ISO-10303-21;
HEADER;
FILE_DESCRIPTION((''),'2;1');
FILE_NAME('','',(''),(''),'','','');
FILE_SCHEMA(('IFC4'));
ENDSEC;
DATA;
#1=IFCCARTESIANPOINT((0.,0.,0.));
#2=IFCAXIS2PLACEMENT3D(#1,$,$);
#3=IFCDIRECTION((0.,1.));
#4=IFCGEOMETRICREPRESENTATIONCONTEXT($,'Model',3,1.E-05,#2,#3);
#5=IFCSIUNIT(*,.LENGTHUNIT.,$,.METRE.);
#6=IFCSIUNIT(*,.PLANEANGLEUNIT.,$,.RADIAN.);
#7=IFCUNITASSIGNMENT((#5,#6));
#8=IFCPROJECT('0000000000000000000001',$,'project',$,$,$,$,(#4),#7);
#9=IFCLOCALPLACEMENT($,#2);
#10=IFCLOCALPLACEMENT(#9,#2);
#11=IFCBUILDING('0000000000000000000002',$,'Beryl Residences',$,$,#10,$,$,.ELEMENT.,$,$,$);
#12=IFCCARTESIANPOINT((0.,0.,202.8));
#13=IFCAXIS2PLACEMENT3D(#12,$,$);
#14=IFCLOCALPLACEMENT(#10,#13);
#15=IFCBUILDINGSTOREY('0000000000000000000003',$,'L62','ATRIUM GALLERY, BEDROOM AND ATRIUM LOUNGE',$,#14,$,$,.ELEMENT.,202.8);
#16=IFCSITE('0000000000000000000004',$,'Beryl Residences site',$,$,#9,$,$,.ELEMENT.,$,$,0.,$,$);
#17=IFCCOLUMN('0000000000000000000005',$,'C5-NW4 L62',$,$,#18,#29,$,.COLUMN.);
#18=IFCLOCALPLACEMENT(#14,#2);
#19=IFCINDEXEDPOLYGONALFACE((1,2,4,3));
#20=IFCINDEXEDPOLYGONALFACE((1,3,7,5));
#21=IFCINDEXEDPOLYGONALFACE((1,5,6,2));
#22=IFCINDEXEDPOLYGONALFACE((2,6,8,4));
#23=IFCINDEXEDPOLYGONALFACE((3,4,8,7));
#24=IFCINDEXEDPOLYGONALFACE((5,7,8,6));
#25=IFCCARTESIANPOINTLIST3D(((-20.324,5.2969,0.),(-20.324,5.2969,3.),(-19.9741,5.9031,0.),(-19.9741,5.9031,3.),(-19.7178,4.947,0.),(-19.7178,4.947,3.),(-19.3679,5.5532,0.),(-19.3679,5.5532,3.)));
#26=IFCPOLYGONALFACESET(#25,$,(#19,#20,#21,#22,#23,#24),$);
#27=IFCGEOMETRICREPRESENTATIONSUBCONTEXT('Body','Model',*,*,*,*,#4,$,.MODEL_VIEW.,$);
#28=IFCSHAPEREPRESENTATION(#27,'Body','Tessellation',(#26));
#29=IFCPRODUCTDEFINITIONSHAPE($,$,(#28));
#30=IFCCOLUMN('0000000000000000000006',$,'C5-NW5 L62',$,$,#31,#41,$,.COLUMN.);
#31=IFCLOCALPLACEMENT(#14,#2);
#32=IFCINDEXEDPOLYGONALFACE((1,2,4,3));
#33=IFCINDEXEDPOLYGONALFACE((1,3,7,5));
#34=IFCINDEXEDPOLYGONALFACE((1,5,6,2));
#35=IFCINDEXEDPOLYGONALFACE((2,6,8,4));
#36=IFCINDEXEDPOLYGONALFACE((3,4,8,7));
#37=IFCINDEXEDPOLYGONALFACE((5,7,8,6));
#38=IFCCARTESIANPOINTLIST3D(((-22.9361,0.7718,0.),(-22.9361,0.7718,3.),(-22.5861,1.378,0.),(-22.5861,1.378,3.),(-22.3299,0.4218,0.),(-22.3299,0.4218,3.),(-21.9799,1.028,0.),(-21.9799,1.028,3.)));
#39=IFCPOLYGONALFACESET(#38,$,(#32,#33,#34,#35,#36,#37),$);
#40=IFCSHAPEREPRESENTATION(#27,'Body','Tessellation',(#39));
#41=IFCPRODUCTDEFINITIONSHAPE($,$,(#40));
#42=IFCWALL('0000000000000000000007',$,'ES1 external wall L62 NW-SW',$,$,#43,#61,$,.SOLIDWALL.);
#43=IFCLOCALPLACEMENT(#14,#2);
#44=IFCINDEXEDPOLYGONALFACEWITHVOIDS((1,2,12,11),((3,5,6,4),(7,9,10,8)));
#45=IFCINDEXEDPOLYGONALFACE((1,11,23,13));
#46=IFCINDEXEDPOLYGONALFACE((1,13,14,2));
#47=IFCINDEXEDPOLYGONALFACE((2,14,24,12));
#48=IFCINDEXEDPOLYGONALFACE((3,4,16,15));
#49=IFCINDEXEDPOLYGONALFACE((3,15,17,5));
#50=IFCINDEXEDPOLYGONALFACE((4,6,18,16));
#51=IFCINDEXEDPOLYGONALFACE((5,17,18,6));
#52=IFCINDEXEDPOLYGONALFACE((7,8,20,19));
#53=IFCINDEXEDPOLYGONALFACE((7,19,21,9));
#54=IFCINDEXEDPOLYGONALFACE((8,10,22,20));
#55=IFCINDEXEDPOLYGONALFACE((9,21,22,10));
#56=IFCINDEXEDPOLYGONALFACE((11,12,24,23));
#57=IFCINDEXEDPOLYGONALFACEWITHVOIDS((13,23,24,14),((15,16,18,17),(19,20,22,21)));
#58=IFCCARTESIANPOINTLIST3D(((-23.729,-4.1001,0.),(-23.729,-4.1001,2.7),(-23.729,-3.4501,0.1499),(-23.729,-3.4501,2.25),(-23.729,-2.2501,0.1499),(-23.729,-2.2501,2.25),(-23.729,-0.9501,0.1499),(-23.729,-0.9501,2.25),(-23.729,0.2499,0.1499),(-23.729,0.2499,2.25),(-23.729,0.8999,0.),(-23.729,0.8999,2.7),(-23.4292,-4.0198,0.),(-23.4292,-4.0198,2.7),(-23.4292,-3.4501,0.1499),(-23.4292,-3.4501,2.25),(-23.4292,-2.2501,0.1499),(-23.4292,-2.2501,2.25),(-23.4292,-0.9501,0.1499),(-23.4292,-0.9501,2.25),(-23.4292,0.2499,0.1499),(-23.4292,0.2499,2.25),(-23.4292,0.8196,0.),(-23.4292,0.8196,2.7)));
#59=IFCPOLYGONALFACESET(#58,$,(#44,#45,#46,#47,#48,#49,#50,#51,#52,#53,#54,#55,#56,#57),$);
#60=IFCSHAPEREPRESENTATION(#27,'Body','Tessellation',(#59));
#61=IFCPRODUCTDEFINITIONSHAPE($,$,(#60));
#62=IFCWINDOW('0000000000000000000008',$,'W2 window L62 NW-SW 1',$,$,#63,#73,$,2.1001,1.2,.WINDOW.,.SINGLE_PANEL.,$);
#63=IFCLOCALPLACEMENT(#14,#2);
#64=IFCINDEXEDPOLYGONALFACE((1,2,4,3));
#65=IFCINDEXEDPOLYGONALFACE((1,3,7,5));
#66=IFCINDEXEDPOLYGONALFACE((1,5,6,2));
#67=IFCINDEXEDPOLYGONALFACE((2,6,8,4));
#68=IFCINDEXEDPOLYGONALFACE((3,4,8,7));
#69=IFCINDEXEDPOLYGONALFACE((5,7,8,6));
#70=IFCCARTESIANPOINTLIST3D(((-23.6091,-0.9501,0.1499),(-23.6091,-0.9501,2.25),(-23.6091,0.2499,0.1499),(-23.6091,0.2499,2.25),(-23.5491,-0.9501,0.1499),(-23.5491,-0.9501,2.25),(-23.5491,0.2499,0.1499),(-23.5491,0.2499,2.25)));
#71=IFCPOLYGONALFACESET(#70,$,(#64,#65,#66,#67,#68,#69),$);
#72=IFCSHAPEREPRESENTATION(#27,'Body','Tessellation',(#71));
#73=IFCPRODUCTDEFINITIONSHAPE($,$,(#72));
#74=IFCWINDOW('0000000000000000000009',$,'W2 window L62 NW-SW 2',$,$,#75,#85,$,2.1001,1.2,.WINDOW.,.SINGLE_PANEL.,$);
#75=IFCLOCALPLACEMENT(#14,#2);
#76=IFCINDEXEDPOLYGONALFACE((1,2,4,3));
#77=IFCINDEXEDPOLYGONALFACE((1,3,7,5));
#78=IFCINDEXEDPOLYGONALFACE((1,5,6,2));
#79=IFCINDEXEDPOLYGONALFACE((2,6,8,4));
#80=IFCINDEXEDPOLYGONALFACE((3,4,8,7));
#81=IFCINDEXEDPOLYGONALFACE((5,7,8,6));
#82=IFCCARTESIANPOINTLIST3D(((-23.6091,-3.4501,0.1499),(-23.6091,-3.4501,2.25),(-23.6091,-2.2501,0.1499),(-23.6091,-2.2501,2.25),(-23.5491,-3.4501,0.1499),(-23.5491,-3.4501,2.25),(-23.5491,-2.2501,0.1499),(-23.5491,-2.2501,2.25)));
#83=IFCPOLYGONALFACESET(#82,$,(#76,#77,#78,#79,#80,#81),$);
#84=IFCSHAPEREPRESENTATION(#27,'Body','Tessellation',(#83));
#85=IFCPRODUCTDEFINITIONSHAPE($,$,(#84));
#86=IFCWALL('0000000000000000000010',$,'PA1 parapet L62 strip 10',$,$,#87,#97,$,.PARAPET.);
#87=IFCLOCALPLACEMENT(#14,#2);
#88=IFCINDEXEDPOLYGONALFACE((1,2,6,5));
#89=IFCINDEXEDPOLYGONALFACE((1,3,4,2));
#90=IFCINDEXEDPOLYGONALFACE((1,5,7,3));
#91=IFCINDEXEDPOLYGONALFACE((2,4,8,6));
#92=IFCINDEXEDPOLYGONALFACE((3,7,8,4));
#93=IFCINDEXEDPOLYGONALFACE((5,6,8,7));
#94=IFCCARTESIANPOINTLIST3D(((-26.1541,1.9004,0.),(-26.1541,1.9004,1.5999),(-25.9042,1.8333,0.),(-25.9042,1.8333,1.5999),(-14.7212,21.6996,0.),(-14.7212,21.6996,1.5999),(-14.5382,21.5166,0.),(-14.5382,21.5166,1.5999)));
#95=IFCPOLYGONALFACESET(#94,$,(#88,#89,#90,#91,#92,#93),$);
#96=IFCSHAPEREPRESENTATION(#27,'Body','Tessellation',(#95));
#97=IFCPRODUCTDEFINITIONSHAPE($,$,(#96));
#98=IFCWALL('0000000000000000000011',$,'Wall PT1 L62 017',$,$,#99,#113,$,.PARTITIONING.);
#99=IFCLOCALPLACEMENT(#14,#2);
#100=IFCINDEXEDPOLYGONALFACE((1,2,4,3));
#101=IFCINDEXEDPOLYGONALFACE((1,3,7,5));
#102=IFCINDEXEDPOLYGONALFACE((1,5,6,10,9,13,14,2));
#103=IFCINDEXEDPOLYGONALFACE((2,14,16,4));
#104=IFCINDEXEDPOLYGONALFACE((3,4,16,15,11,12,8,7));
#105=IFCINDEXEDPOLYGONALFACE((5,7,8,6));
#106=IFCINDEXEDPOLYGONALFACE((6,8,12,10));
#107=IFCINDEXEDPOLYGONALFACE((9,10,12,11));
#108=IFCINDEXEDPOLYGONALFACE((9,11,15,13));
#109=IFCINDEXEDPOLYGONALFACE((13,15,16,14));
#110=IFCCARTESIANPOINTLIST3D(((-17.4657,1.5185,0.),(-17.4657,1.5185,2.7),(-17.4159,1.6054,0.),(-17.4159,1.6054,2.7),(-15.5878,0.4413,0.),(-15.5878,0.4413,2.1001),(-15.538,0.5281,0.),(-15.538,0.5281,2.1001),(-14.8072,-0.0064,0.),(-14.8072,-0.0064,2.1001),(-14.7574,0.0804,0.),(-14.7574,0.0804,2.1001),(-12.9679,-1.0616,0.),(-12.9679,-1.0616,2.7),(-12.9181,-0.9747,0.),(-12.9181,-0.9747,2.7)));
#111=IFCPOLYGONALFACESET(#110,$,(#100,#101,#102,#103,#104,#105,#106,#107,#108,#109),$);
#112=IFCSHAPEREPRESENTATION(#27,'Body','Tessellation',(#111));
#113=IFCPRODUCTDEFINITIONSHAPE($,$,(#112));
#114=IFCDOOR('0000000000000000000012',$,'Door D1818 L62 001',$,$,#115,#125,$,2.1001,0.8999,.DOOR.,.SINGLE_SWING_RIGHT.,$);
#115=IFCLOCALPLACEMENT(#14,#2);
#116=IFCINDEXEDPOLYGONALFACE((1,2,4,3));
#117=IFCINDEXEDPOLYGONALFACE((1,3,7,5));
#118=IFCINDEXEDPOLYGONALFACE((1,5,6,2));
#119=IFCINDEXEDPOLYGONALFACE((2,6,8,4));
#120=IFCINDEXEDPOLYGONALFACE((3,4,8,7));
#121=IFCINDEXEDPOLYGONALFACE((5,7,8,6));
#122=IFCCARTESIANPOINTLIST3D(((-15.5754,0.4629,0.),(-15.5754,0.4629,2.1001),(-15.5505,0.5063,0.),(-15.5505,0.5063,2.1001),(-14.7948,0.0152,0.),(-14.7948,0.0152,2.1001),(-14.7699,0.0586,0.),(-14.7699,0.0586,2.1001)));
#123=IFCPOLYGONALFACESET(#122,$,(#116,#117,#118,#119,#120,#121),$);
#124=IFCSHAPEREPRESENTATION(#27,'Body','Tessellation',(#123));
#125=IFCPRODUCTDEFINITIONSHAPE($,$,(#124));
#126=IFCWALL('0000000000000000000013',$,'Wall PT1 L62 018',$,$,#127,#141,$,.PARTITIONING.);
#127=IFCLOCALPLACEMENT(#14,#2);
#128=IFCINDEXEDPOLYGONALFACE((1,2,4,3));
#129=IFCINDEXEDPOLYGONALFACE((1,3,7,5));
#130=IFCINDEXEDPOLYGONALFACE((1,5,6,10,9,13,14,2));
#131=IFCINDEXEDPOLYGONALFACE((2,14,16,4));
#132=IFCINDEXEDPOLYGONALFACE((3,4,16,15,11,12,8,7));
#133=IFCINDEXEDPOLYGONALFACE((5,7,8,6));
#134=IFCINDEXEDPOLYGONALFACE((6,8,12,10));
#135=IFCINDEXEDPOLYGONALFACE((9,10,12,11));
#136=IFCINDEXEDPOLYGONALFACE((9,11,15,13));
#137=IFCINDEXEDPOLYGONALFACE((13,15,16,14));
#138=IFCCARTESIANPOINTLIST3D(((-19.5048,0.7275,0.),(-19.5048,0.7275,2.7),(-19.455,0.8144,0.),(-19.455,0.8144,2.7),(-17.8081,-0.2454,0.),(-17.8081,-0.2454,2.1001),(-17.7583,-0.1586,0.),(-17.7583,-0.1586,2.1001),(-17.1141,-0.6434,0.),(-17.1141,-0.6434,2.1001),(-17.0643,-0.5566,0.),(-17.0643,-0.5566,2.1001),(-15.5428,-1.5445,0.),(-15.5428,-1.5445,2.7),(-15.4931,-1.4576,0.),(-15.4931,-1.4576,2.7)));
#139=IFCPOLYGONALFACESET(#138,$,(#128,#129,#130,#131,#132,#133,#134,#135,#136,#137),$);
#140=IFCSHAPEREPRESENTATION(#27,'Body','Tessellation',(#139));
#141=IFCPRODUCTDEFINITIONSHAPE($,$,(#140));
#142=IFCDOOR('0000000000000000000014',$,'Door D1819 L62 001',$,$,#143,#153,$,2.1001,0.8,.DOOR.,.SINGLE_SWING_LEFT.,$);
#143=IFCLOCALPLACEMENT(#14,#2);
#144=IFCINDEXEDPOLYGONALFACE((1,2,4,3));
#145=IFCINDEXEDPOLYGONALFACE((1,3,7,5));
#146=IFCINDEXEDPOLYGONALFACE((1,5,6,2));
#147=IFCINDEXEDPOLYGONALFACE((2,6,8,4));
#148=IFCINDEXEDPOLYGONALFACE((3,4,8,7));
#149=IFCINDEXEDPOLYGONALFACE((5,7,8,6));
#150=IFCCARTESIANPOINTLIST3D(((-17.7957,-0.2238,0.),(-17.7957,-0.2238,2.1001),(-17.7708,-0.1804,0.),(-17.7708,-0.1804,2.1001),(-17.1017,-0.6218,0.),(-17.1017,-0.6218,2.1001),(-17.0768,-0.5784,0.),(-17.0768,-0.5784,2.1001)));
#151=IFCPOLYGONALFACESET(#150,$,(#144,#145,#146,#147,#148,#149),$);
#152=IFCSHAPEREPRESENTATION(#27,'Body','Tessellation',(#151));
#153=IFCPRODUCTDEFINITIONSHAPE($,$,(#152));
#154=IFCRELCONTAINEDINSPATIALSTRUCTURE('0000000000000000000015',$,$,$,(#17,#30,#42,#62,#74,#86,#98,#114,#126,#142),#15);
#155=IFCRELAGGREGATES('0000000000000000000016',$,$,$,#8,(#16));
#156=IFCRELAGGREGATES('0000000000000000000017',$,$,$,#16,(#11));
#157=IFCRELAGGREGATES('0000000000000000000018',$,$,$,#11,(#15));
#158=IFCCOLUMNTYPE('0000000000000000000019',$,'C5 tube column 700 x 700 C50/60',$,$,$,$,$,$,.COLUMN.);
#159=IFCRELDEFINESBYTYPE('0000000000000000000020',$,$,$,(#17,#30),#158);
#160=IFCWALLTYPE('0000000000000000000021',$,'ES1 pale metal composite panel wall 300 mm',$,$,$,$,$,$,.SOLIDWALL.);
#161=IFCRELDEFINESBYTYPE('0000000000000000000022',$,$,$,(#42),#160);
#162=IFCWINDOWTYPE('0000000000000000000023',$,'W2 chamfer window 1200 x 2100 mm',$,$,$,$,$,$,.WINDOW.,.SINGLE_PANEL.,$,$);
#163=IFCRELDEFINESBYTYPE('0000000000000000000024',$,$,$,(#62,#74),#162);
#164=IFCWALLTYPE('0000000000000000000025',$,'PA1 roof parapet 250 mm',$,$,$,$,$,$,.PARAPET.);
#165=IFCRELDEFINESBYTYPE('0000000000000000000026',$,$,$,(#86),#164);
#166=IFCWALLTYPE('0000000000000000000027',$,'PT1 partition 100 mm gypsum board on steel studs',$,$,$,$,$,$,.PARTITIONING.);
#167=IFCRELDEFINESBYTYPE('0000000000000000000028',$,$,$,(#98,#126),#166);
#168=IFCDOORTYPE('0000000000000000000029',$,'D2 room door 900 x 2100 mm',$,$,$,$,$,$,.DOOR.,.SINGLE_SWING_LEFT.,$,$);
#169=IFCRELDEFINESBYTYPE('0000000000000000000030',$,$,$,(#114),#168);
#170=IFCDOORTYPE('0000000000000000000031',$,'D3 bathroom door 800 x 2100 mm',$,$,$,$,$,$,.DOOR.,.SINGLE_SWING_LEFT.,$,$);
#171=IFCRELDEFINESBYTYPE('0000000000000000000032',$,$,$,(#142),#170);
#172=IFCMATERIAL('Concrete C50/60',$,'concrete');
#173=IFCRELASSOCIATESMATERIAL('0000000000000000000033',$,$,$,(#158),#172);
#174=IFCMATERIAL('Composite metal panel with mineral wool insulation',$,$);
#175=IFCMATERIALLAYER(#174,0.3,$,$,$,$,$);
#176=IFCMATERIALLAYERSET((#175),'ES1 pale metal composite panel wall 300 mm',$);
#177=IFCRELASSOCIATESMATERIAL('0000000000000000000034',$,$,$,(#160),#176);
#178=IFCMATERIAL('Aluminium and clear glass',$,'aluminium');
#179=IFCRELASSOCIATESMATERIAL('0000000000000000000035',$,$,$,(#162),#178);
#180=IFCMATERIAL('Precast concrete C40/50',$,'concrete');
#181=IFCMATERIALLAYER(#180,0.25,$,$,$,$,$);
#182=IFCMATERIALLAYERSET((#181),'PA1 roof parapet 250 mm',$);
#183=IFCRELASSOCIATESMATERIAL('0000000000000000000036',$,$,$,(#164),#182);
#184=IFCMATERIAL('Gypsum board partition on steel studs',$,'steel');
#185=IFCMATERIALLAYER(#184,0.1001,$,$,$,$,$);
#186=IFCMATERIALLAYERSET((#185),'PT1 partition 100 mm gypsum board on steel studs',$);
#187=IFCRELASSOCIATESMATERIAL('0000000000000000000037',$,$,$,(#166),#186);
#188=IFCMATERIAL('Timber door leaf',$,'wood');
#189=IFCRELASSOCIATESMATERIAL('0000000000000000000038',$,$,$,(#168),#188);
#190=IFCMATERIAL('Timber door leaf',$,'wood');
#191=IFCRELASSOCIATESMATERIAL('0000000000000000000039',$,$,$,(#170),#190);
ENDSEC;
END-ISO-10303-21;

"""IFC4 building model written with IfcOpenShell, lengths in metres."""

from ifc_helpers import new_model, si_unit, direction, frame, frame_2d, origin, origin_2d, place, context, subcontext, project, spatial, polyline, rectangle, outline, extrude, material, layer, layer_set, material_profile, profile_set, type_object, element, fill, save


model = new_model("IFC4")

# Units and contexts
model_context = context("Model", 3, precision=1e-05, world=origin(), true_north=direction((0.0, 1.0)))
body_context = subcontext(model_context, "Body", "Model", "MODEL_VIEW")
ifc_project = project(units=[si_unit("LENGTHUNIT", "METRE"), si_unit("PLANEANGLEUNIT", "RADIAN")], contexts=[model_context])

# Site, building, storey
site_placement = place(None, origin())
site = spatial("IfcSite", under=ifc_project, at=site_placement, Name="Beryl Residences site", CompositionType="ELEMENT", RefElevation=0.0)
building_placement = place(site_placement, origin())
building = spatial("IfcBuilding", under=site, at=building_placement, Name="Beryl Residences", CompositionType="ELEMENT")
storey_placement = place(building_placement, frame((0.0, 0.0, 202.8)))
storey = spatial("IfcBuildingStorey", under=building, at=storey_placement, Name="L62", Description="ATRIUM GALLERY, BEDROOM AND ATRIUM LOUNGE", CompositionType="ELEMENT", Elevation=202.8)

# Columns
ifc_material_1 = material(Name="Concrete C50/60", Category="concrete")
ifc_material_profile = material_profile(ifc_material_1, rectangle(XDim=0.7, YDim=0.7, at=origin_2d()))
ifc_profile_set = profile_set([ifc_material_profile], Name="Concrete C50/60")
column_type = type_object("IfcColumnType", Name="C5 tube column 700 x 700 C50/60", PredefinedType="COLUMN", material=ifc_profile_set)
for number, where, z_axis, x_axis, name in (
    (1, (-19.8459, 5.425, 0.0), (0.0, 0.0, 1.0), (-0.49997, -0.866043, 0.0), "C5-NW4 L62"),
    (2, (-22.458, 0.8999, 0.0), (0.0, 0.0, 1.0), (-0.49997, -0.866043, 0.0), "C5-NW5 L62"),
):
    element("IfcColumn", number, at=place(storey_placement, frame(where, z_axis=z_axis, x_axis=x_axis)), inside=storey, type_object=column_type, Name=name, PredefinedType="COLUMN", context=body_context, shape_type="SweptSolid", body=[
        extrude(rectangle(XDim=0.7, YDim=0.7, at=origin_2d()), origin(), (0.0, 0.0, 1.0), 3.0),
    ])

# Wall, openings, windows
ifc_material_2 = material(Name="Composite metal panel with mineral wool insulation")
ifc_layer_1 = layer(ifc_material_2, 0.3)
ifc_layer_set_1 = layer_set([ifc_layer_1], Name="ES1 pale metal composite panel wall 300 mm")
wall_type_1 = type_object("IfcWallType", Name="ES1 pale metal composite panel wall 300 mm", PredefinedType="SOLIDWALL", material=ifc_layer_set_1)
wall_1_placement = place(storey_placement, frame((-23.5791, 0.8999, 0.0), z_axis=(0.0, 0.0, 1.0), x_axis=(0.0, -1.0, 0.0)))
wall_1 = element("IfcWall", 3, at=wall_1_placement, inside=storey, type_object=wall_type_1, Name="ES1 external wall L62 NW-SW", PredefinedType="SOLIDWALL", context=body_context, shape_type="SweptSolid", body=[
    extrude(outline(polyline([(0.0, -0.1499), (5.0, -0.1499), (4.9197, 0.1499), (0.0803, 0.1499), (0.0, -0.1499)])), origin(), (0.0, 0.0, 1.0), 2.7),
])
opening_1_placement = place(wall_1_placement, frame((0.6499, 0.0, 0.1499)))
opening_1 = element("IfcOpeningElement", 4, at=opening_1_placement, cuts=wall_1, PredefinedType="OPENING", context=body_context, shape_type="SweptSolid", body=[
    extrude(rectangle(XDim=1.2, YDim=2.1001, at=frame_2d((0.6001, 1.05))), frame((0.0, 0.1599, 0.0), z_axis=(0.0, -1.0, 0.0), x_axis=(1.0, 0.0, 0.0)), (0.0, 0.0, 1.0), 0.3201),
])
opening_2_placement = place(wall_1_placement, frame((3.1499, 0.0, 0.1499)))
opening_2 = element("IfcOpeningElement", 5, at=opening_2_placement, cuts=wall_1, PredefinedType="OPENING", context=body_context, shape_type="SweptSolid", body=[
    extrude(rectangle(XDim=1.2, YDim=2.1001, at=frame_2d((0.6001, 1.05))), frame((0.0, 0.1599, 0.0), z_axis=(0.0, -1.0, 0.0), x_axis=(1.0, 0.0, 0.0)), (0.0, 0.0, 1.0), 0.3201),
])
ifc_material_3 = material(Name="Aluminium and clear glass", Category="aluminium")
window_type = type_object("IfcWindowType", Name="W2 chamfer window 1200 x 2100 mm", PartitioningType="SINGLE_PANEL", PredefinedType="WINDOW", material=ifc_material_3)
window_1_placement = place(opening_1_placement, origin())
window_1 = element("IfcWindow", 6, at=window_1_placement, inside=storey, type_object=window_type, Name="W2 window L62 NW-SW 1", OverallHeight=2.1001, OverallWidth=1.2, PartitioningType="SINGLE_PANEL", PredefinedType="WINDOW", context=body_context, shape_type="SweptSolid", body=[
    extrude(rectangle(XDim=1.2, YDim=2.1001, at=frame_2d((0.6001, 1.05))), frame((0.0, 0.03, 0.0), z_axis=(0.0, -1.0, 0.0), x_axis=(1.0, 0.0, 0.0)), (0.0, 0.0, 1.0), 0.0601),
])
fill(opening_1, window_1)
window_2_placement = place(opening_2_placement, origin())
window_2 = element("IfcWindow", 7, at=window_2_placement, inside=storey, type_object=window_type, Name="W2 window L62 NW-SW 2", OverallHeight=2.1001, OverallWidth=1.2, PartitioningType="SINGLE_PANEL", PredefinedType="WINDOW", context=body_context, shape_type="SweptSolid", body=[
    extrude(rectangle(XDim=1.2, YDim=2.1001, at=frame_2d((0.6001, 1.05))), frame((0.0, 0.03, 0.0), z_axis=(0.0, -1.0, 0.0), x_axis=(1.0, 0.0, 0.0)), (0.0, 0.0, 1.0), 0.0601),
])
fill(opening_2, window_2)

# Wall
ifc_material_4 = material(Name="Precast concrete C40/50", Category="concrete")
ifc_layer_2 = layer(ifc_material_4, 0.25)
ifc_layer_set_2 = layer_set([ifc_layer_2], Name="PA1 roof parapet 250 mm")
wall_type_2 = type_object("IfcWallType", Name="PA1 roof parapet 250 mm", PredefinedType="PARAPET", material=ifc_layer_set_2)
wall_2_placement = place(storey_placement, frame((-26.0459, 1.8379, 0.0), z_axis=(0.0, 0.0, 1.0), x_axis=(0.500061, 0.86599, 0.0)))
element("IfcWall", 8, at=wall_2_placement, inside=storey, type_object=wall_type_2, Name="PA1 parapet L62 strip 10", PredefinedType="PARAPET", context=body_context, shape_type="SweptSolid", body=[
    extrude(outline(polyline([(0.0669, -0.125), (22.7961, -0.125), (22.863, 0.125), (0.0, 0.125), (0.0669, -0.125)])), origin(), (0.0, 0.0, 1.0), 1.5999),
])

# Walls, openings, doors
ifc_material_5 = material(Name="Gypsum board partition on steel studs", Category="steel")
ifc_layer_3 = layer(ifc_material_5, 0.1001)
ifc_layer_set_3 = layer_set([ifc_layer_3], Name="PT1 partition 100 mm gypsum board on steel studs")
wall_type_3 = type_object("IfcWallType", Name="PT1 partition 100 mm gypsum board on steel studs", PredefinedType="PARTITIONING", material=ifc_layer_set_3)
wall_3_placement = place(storey_placement, frame((-17.4409, 1.562, 0.0), z_axis=(0.0, 0.0, 1.0), x_axis=(0.867419, -0.497578, 0.0)))
wall_3 = element("IfcWall", 9, at=wall_3_placement, inside=storey, type_object=wall_type_3, Name="Wall PT1 L62 017", PredefinedType="PARTITIONING", context=body_context, shape_type="SweptSolid", body=[
    extrude(rectangle(XDim=5.1853, YDim=0.1001, at=frame_2d((2.5928, 0.0))), origin(), (0.0, 0.0, 1.0), 2.7),
])
opening_3_placement = place(wall_3_placement, frame((2.165, 0.0, 0.0)))
opening_3 = element("IfcOpeningElement", 10, at=opening_3_placement, cuts=wall_3, PredefinedType="OPENING", context=body_context, shape_type="SweptSolid", body=[
    extrude(rectangle(XDim=0.8999, YDim=2.1001, at=frame_2d((0.45, 1.05))), frame((0.0, 0.0601, 0.0), z_axis=(0.0, -1.0, 0.0), x_axis=(1.0, 0.0, 0.0)), (0.0, 0.0, 1.0), 0.1201),
])
ifc_material_6 = material(Name="Timber door leaf", Category="wood")
door_type_1 = type_object("IfcDoorType", Name="D2 room door 900 x 2100 mm", OperationType="SINGLE_SWING_LEFT", PredefinedType="DOOR", material=ifc_material_6)
door_1_placement = place(opening_3_placement, origin())
door_1 = element("IfcDoor", 11, at=door_1_placement, inside=storey, type_object=door_type_1, Name="Door D1818 L62 001", OperationType="SINGLE_SWING_RIGHT", OverallHeight=2.1001, OverallWidth=0.8999, PredefinedType="DOOR", context=body_context, shape_type="SweptSolid", body=[
    extrude(rectangle(XDim=0.8999, YDim=2.1001, at=frame_2d((0.45, 1.05))), frame((0.0, 0.0249, 0.0), z_axis=(0.0, -1.0, 0.0), x_axis=(1.0, 0.0, 0.0)), (0.0, 0.0, 1.0), 0.05),
])
fill(opening_3, door_1)
wall_4_placement = place(storey_placement, frame((-19.48, 0.771, 0.0), z_axis=(0.0, 0.0, 1.0), x_axis=(0.867486, -0.497462, 0.0)))
wall_4 = element("IfcWall", 12, at=wall_4_placement, inside=storey, type_object=wall_type_3, Name="Wall PT1 L62 018", PredefinedType="PARTITIONING", context=body_context, shape_type="SweptSolid", body=[
    extrude(rectangle(XDim=4.5671, YDim=0.1001, at=frame_2d((2.2837, 0.0))), origin(), (0.0, 0.0, 1.0), 2.7),
])
opening_4_placement = place(wall_4_placement, frame((1.9561, 0.0, 0.0)))
opening_4 = element("IfcOpeningElement", 13, at=opening_4_placement, cuts=wall_4, PredefinedType="OPENING", context=body_context, shape_type="SweptSolid", body=[
    extrude(rectangle(XDim=0.8, YDim=2.1001, at=frame_2d((0.3999, 1.05))), frame((0.0, 0.0601, 0.0), z_axis=(0.0, -1.0, 0.0), x_axis=(1.0, 0.0, 0.0)), (0.0, 0.0, 1.0), 0.1201),
])
ifc_material_7 = material(Name="Timber door leaf", Category="wood")
door_type_2 = type_object("IfcDoorType", Name="D3 bathroom door 800 x 2100 mm", OperationType="SINGLE_SWING_LEFT", PredefinedType="DOOR", material=ifc_material_7)
door_2_placement = place(opening_4_placement, origin())
door_2 = element("IfcDoor", 14, at=door_2_placement, inside=storey, type_object=door_type_2, Name="Door D1819 L62 001", OperationType="SINGLE_SWING_LEFT", OverallHeight=2.1001, OverallWidth=0.8, PredefinedType="DOOR", context=body_context, shape_type="SweptSolid", body=[
    extrude(rectangle(XDim=0.8, YDim=2.1001, at=frame_2d((0.3999, 1.05))), frame((0.0, 0.0249, 0.0), z_axis=(0.0, -1.0, 0.0), x_axis=(1.0, 0.0, 0.0)), (0.0, 0.0, 1.0), 0.05),
])
fill(opening_4, door_2)

save(model, "model.ifc")
